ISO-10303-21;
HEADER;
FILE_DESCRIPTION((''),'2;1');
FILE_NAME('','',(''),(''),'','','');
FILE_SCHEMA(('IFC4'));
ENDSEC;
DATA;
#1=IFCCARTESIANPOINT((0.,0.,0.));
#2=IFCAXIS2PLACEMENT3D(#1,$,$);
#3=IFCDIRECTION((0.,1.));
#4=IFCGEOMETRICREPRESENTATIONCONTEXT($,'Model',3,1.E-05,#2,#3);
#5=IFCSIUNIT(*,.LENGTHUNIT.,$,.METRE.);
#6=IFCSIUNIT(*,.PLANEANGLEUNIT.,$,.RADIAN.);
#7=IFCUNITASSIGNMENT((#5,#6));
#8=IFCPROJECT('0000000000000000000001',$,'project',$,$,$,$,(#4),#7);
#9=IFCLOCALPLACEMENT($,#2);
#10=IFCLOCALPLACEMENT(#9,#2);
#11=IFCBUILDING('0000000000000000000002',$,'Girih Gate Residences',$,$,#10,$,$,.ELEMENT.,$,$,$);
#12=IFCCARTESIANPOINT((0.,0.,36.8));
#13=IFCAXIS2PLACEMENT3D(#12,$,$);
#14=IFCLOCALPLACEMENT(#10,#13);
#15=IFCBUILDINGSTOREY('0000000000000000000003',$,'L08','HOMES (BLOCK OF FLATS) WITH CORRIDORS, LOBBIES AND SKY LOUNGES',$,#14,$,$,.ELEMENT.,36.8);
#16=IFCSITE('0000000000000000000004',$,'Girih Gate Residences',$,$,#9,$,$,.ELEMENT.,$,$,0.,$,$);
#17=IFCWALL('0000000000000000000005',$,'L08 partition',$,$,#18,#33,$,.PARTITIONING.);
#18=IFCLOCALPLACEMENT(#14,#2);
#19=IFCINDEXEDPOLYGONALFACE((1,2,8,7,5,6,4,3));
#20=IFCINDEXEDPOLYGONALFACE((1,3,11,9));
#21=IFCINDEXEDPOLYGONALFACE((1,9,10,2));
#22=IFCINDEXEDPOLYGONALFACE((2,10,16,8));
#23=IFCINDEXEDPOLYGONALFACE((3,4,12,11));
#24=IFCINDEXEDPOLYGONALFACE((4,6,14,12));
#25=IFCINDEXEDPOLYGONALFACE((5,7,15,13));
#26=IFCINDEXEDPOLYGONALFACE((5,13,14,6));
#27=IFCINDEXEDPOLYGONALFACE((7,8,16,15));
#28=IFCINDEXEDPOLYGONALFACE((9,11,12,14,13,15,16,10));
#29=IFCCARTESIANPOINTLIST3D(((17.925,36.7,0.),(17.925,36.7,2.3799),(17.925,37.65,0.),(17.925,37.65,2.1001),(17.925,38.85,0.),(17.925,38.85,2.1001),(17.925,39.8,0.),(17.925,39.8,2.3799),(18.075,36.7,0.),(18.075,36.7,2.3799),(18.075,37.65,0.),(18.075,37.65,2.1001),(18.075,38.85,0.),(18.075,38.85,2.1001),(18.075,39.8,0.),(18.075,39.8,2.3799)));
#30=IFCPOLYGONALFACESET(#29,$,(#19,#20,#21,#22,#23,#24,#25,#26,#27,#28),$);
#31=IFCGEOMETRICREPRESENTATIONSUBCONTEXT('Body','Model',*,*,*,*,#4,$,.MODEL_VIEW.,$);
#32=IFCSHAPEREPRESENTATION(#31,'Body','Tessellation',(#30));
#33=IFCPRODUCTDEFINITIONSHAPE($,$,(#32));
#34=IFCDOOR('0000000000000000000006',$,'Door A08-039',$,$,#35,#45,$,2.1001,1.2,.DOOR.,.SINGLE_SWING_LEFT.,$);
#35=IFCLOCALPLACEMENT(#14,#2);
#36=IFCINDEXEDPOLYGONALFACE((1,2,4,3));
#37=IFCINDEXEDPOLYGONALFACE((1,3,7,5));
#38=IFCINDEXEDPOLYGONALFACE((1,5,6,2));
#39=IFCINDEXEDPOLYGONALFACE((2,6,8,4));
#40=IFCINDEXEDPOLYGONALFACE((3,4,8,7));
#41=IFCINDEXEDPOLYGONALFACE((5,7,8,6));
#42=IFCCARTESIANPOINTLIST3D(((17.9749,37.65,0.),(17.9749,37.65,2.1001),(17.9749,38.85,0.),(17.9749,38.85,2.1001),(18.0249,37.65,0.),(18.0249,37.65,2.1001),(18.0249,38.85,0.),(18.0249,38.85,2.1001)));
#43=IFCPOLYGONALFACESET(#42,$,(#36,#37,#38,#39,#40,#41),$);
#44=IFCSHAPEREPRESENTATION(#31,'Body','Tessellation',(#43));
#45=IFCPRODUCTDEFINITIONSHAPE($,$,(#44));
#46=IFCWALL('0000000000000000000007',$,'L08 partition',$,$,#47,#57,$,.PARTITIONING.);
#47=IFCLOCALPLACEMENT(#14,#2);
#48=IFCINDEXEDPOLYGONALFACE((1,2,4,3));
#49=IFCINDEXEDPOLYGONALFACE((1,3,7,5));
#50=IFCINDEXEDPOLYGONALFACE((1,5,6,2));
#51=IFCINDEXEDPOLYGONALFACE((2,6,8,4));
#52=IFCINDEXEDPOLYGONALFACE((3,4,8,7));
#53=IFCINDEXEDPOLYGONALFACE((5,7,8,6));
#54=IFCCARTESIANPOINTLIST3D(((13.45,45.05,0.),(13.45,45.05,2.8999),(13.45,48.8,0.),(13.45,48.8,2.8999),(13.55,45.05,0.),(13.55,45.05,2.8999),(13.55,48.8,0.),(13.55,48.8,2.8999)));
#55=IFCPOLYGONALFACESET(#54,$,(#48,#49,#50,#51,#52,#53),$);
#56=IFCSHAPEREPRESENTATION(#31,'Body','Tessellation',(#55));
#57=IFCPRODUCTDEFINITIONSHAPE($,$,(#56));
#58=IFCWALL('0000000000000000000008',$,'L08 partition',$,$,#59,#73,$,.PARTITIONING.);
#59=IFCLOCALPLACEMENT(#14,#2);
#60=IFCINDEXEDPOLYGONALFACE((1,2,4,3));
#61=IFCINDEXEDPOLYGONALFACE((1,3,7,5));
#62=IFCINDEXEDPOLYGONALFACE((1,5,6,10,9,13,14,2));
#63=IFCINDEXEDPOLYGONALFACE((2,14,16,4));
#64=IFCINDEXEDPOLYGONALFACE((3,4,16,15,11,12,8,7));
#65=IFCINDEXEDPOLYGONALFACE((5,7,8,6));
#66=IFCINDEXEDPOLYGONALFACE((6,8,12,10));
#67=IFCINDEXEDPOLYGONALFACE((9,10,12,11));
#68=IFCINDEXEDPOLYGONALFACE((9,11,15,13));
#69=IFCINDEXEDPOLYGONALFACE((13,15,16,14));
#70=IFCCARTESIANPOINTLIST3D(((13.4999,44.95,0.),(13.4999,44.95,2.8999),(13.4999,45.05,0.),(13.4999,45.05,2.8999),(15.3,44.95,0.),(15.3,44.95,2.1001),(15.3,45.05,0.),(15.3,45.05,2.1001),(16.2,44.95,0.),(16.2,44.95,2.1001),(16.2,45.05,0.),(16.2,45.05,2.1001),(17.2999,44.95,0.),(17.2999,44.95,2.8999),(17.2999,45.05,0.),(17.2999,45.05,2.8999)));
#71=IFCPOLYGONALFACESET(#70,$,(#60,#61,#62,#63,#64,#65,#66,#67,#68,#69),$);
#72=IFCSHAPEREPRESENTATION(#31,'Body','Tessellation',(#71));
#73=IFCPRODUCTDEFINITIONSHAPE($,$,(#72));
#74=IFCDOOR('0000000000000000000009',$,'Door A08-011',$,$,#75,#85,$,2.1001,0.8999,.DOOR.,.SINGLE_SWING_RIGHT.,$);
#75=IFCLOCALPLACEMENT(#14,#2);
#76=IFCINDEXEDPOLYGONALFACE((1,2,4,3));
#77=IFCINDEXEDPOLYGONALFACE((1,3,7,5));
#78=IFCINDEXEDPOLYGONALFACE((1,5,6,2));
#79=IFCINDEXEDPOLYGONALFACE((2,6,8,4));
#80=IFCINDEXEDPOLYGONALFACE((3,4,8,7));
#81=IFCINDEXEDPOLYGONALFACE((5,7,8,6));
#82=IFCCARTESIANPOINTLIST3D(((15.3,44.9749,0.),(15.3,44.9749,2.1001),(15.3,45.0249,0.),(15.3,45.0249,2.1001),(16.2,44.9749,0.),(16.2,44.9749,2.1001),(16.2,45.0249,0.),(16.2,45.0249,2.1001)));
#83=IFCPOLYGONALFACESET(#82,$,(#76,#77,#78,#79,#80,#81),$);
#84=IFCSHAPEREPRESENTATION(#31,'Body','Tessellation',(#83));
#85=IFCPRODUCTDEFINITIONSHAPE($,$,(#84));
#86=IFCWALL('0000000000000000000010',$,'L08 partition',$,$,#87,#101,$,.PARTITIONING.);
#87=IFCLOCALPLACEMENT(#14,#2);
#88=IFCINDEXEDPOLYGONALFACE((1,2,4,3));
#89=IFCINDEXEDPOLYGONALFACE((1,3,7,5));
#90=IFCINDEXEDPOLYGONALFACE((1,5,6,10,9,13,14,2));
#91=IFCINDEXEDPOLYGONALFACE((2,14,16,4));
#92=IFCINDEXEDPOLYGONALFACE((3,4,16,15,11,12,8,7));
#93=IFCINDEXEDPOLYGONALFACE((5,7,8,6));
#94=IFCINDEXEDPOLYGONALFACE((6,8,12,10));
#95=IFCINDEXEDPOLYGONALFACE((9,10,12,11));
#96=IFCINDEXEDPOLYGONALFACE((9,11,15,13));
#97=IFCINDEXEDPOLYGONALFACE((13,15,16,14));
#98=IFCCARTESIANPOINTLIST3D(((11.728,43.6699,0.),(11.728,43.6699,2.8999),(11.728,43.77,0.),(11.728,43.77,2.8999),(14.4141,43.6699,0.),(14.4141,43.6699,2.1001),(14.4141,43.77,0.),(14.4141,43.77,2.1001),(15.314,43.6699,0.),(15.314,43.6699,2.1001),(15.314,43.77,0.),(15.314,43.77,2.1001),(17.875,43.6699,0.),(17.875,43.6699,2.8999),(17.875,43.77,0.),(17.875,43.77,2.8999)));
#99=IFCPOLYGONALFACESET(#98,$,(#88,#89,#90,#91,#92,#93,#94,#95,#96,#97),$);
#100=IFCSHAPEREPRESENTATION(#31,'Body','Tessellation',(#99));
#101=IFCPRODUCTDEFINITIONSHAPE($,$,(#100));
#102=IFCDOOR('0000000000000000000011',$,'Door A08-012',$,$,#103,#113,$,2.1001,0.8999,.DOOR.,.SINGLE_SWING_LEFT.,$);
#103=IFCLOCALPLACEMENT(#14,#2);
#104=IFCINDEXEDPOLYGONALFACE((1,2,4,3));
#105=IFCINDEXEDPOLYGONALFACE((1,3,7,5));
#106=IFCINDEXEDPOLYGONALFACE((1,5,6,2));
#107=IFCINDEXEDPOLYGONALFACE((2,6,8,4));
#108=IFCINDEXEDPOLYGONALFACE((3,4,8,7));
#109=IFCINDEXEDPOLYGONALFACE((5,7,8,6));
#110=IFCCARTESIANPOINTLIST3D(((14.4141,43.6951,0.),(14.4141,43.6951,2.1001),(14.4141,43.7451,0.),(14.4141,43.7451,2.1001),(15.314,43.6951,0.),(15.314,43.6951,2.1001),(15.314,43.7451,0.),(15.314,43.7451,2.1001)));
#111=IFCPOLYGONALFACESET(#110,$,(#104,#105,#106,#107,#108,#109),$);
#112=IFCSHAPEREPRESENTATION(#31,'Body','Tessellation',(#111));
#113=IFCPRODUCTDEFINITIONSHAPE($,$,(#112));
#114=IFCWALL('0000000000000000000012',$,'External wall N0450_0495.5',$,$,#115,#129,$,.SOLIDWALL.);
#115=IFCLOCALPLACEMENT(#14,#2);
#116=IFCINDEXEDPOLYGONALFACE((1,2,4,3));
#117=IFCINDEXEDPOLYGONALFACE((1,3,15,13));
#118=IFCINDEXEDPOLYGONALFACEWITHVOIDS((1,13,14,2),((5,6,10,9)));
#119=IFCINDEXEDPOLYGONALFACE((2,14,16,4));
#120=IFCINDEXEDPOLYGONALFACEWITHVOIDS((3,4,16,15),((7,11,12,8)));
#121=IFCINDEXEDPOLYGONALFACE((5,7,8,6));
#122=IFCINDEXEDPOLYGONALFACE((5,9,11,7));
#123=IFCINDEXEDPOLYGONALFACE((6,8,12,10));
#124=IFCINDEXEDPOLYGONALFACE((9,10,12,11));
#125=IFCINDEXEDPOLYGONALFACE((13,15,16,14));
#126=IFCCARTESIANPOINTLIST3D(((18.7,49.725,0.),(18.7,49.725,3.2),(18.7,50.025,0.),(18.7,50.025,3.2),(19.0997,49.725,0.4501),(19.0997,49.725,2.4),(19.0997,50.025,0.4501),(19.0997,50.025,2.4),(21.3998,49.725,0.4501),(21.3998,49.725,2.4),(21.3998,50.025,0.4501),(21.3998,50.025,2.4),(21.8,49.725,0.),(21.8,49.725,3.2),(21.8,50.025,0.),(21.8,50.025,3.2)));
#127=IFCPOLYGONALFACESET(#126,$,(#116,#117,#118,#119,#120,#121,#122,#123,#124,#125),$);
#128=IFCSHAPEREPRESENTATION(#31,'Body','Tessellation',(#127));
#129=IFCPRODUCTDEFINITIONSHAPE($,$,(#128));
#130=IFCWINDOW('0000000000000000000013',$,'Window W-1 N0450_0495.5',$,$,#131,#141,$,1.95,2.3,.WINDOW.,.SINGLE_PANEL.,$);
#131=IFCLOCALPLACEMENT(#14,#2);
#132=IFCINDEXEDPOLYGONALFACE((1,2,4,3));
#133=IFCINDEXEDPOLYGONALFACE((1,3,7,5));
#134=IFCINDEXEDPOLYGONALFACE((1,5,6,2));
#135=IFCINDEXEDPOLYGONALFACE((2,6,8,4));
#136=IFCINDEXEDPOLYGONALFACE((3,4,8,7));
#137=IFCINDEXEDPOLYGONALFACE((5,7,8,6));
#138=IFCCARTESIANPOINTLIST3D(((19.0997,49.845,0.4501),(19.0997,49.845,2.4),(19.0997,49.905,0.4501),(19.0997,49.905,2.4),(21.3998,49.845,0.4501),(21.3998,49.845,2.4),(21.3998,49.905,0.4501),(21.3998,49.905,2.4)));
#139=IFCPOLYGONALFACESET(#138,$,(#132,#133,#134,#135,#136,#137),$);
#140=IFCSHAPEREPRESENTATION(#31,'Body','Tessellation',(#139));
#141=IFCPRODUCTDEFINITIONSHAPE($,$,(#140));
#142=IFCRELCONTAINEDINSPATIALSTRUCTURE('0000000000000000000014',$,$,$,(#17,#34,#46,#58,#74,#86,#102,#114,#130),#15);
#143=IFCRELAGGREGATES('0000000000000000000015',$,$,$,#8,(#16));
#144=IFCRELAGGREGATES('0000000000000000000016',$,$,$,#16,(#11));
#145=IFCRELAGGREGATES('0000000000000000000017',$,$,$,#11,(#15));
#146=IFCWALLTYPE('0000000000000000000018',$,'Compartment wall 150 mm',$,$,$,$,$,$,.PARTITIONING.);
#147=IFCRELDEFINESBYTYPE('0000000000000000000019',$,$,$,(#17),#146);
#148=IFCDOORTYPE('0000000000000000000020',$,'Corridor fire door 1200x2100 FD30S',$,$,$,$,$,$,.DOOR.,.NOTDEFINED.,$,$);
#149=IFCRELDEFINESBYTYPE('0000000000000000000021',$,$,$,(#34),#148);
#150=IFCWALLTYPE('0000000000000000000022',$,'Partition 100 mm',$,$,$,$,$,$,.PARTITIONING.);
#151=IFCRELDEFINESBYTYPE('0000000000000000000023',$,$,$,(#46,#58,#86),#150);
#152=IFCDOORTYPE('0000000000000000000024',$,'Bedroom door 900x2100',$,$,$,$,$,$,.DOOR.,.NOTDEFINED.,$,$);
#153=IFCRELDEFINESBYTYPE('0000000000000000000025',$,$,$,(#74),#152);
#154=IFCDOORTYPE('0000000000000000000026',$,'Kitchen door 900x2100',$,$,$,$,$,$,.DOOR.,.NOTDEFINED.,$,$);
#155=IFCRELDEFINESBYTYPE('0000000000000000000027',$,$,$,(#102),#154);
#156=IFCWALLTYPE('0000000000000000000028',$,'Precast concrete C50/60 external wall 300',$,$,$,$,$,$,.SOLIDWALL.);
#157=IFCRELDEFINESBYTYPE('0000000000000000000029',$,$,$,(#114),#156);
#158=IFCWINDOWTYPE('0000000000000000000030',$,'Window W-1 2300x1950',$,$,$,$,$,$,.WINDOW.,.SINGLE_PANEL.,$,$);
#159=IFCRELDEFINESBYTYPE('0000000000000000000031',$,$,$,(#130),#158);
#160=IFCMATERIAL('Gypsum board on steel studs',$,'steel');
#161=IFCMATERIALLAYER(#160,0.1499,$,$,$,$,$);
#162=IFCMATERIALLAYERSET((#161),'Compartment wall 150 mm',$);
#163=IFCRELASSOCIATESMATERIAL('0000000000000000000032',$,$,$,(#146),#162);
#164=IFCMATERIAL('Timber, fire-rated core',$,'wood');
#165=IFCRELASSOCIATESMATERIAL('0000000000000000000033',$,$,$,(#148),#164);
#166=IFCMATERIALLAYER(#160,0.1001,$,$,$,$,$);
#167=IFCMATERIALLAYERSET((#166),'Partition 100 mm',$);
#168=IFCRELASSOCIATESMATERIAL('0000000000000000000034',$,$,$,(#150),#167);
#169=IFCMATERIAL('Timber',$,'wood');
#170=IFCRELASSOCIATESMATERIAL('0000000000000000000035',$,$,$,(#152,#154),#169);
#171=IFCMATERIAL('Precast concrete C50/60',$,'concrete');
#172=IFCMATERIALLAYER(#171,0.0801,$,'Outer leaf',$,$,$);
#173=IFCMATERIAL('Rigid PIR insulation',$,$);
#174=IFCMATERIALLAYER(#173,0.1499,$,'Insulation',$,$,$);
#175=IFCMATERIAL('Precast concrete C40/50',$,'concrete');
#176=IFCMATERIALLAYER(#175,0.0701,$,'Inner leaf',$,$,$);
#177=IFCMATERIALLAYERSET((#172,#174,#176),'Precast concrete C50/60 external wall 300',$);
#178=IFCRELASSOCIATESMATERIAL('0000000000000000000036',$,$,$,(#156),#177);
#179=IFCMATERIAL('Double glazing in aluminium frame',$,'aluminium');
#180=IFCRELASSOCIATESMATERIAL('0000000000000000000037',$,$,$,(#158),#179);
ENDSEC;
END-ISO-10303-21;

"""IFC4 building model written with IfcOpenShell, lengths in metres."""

from ifc_helpers import new_model, si_unit, direction, frame, frame_2d, origin, place, context, subcontext, project, spatial, rectangle, extrude, material, layer, layer_set, type_object, element, fill, save


model = new_model("IFC4")

# Units and contexts
model_context = context("Model", 3, precision=1e-05, world=origin(), true_north=direction((0.0, 1.0)))
body_context = subcontext(model_context, "Body", "Model", "MODEL_VIEW")
ifc_project = project(units=[si_unit("LENGTHUNIT", "METRE"), si_unit("PLANEANGLEUNIT", "RADIAN")], contexts=[model_context])

# Site, building, storey
site_placement = place(None, origin())
site = spatial("IfcSite", under=ifc_project, at=site_placement, Name="Girih Gate Residences", CompositionType="ELEMENT", RefElevation=0.0)
building_placement = place(site_placement, origin())
building = spatial("IfcBuilding", under=site, at=building_placement, Name="Girih Gate Residences", CompositionType="ELEMENT")
storey_placement = place(building_placement, frame((0.0, 0.0, 36.8)))
storey = spatial("IfcBuildingStorey", under=building, at=storey_placement, Name="L08", Description="HOMES (BLOCK OF FLATS) WITH CORRIDORS, LOBBIES AND SKY LOUNGES", CompositionType="ELEMENT", Elevation=36.8)

# Shared definitions
ifc_material_1 = material(Name="Gypsum board on steel studs", Category="steel")
ifc_layer_1 = layer(ifc_material_1, 0.1499)
ifc_layer_set_1 = layer_set([ifc_layer_1], Name="Compartment wall 150 mm")
wall_type_1 = type_object("IfcWallType", Name="Compartment wall 150 mm", PredefinedType="PARTITIONING", material=ifc_layer_set_1)

# Wall, opening, door
ifc_material_2 = material(Name="Timber, fire-rated core", Category="wood")
wall_1_placement = place(storey_placement, frame((18.0, 39.8, 0.0), z_axis=(0.0, 0.0, 1.0), x_axis=(0.0, -1.0, 0.0)))
wall_1 = element("IfcWall", 1, at=wall_1_placement, inside=storey, type_object=wall_type_1, Name="L08 partition", PredefinedType="PARTITIONING", context=body_context, shape_type="SweptSolid", body=[
    extrude(rectangle(XDim=3.1001, YDim=0.1499, at=frame_2d((1.55, 0.0))), origin(), (0.0, 0.0, 1.0), 2.3799),
])
opening_1_placement = place(wall_1_placement, frame((0.95, 0.0, 0.0)))
opening_1 = element("IfcOpeningElement", 2, at=opening_1_placement, cuts=wall_1, PredefinedType="OPENING", context=body_context, shape_type="SweptSolid", body=[
    extrude(rectangle(XDim=1.2, YDim=2.1001, at=frame_2d((0.6001, 1.05))), frame((0.0, 0.085, 0.0), z_axis=(0.0, -1.0, 0.0), x_axis=(1.0, 0.0, 0.0)), (0.0, 0.0, 1.0), 0.1699),
])
door_type_1 = type_object("IfcDoorType", Name="Corridor fire door 1200x2100 FD30S", OperationType="NOTDEFINED", PredefinedType="DOOR", material=ifc_material_2)
door_1_placement = place(opening_1_placement, origin())
door_1 = element("IfcDoor", 3, at=door_1_placement, inside=storey, type_object=door_type_1, Name="Door A08-039", OperationType="SINGLE_SWING_LEFT", OverallHeight=2.1001, OverallWidth=1.2, PredefinedType="DOOR", context=body_context, shape_type="SweptSolid", body=[
    extrude(rectangle(XDim=1.2, YDim=2.1001, at=frame_2d((0.6001, 1.05))), frame((0.0, 0.0249, 0.0), z_axis=(0.0, -1.0, 0.0), x_axis=(1.0, 0.0, 0.0)), (0.0, 0.0, 1.0), 0.05),
])
fill(opening_1, door_1)

# Wall
ifc_layer_2 = layer(ifc_material_1, 0.1001)
ifc_layer_set_2 = layer_set([ifc_layer_2], Name="Partition 100 mm")
wall_type_2 = type_object("IfcWallType", Name="Partition 100 mm", PredefinedType="PARTITIONING", material=ifc_layer_set_2)
wall_2_placement = place(storey_placement, frame((13.5, 45.05, 0.0), z_axis=(0.0, 0.0, 1.0), x_axis=(0.0, 1.0, 0.0)))
element("IfcWall", 4, at=wall_2_placement, inside=storey, type_object=wall_type_2, Name="L08 partition", PredefinedType="PARTITIONING", context=body_context, shape_type="SweptSolid", body=[
    extrude(rectangle(XDim=3.75, YDim=0.1001, at=frame_2d((1.875, 0.0))), origin(), (0.0, 0.0, 1.0), 2.8999),
])

# Walls, openings, doors
wall_3_placement = place(storey_placement, frame((13.5, 45.0, 0.0), z_axis=(0.0, 0.0, 1.0), x_axis=(1.0, 0.0, 0.0)))
wall_3 = element("IfcWall", 5, at=wall_3_placement, inside=storey, type_object=wall_type_2, Name="L08 partition", PredefinedType="PARTITIONING", context=body_context, shape_type="SweptSolid", body=[
    extrude(rectangle(XDim=3.8, YDim=0.1001, at=frame_2d((1.8999, 0.0))), origin(), (0.0, 0.0, 1.0), 2.8999),
])
opening_2_placement = place(wall_3_placement, frame((1.8, 0.0, 0.0)))
opening_2 = element("IfcOpeningElement", 6, at=opening_2_placement, cuts=wall_3, PredefinedType="OPENING", context=body_context, shape_type="SweptSolid", body=[
    extrude(rectangle(XDim=0.8999, YDim=2.1001, at=frame_2d((0.45, 1.05))), frame((0.0, 0.0601, 0.0), z_axis=(0.0, -1.0, 0.0), x_axis=(1.0, 0.0, 0.0)), (0.0, 0.0, 1.0), 0.1201),
])
ifc_material_3 = material(Name="Timber", Category="wood")
door_type_2 = type_object("IfcDoorType", Name="Bedroom door 900x2100", OperationType="NOTDEFINED", PredefinedType="DOOR", material=ifc_material_3)
door_2_placement = place(opening_2_placement, origin())
door_2 = element("IfcDoor", 7, at=door_2_placement, inside=storey, type_object=door_type_2, Name="Door A08-011", OperationType="SINGLE_SWING_RIGHT", OverallHeight=2.1001, OverallWidth=0.8999, PredefinedType="DOOR", context=body_context, shape_type="SweptSolid", body=[
    extrude(rectangle(XDim=0.8999, YDim=2.1001, at=frame_2d((0.45, 1.05))), frame((0.0, 0.0249, 0.0), z_axis=(0.0, -1.0, 0.0), x_axis=(1.0, 0.0, 0.0)), (0.0, 0.0, 1.0), 0.05),
])
fill(opening_2, door_2)
wall_4_placement = place(storey_placement, frame((17.875, 43.72, 0.0), z_axis=(0.0, 0.0, 1.0), x_axis=(-1.0, 0.0, 0.0)))
wall_4 = element("IfcWall", 8, at=wall_4_placement, inside=storey, type_object=wall_type_2, Name="L08 partition", PredefinedType="PARTITIONING", context=body_context, shape_type="SweptSolid", body=[
    extrude(rectangle(XDim=6.147, YDim=0.1001, at=frame_2d((3.0735, 0.0))), origin(), (0.0, 0.0, 1.0), 2.8999),
])
opening_3_placement = place(wall_4_placement, frame((2.561, 0.0, 0.0)))
opening_3 = element("IfcOpeningElement", 9, at=opening_3_placement, cuts=wall_4, PredefinedType="OPENING", context=body_context, shape_type="SweptSolid", body=[
    extrude(rectangle(XDim=0.8999, YDim=2.1001, at=frame_2d((0.45, 1.05))), frame((0.0, 0.0601, 0.0), z_axis=(0.0, -1.0, 0.0), x_axis=(1.0, 0.0, 0.0)), (0.0, 0.0, 1.0), 0.1201),
])
door_type_3 = type_object("IfcDoorType", Name="Kitchen door 900x2100", OperationType="NOTDEFINED", PredefinedType="DOOR", material=ifc_material_3)
door_3_placement = place(opening_3_placement, origin())
door_3 = element("IfcDoor", 10, at=door_3_placement, inside=storey, type_object=door_type_3, Name="Door A08-012", OperationType="SINGLE_SWING_LEFT", OverallHeight=2.1001, OverallWidth=0.8999, PredefinedType="DOOR", context=body_context, shape_type="SweptSolid", body=[
    extrude(rectangle(XDim=0.8999, YDim=2.1001, at=frame_2d((0.45, 1.05))), frame((0.0, 0.0249, 0.0), z_axis=(0.0, -1.0, 0.0), x_axis=(1.0, 0.0, 0.0)), (0.0, 0.0, 1.0), 0.05),
])
fill(opening_3, door_3)

# Wall, opening, window
ifc_material_4 = material(Name="Precast concrete C50/60", Category="concrete")
ifc_layer_3 = layer(ifc_material_4, 0.0801, Name="Outer leaf")
ifc_material_5 = material(Name="Rigid PIR insulation")
ifc_layer_4 = layer(ifc_material_5, 0.1499, Name="Insulation")
ifc_material_6 = material(Name="Precast concrete C40/50", Category="concrete")
ifc_layer_5 = layer(ifc_material_6, 0.0701, Name="Inner leaf")
ifc_layer_set_3 = layer_set([ifc_layer_3, ifc_layer_4, ifc_layer_5], Name="Precast concrete C50/60 external wall 300")
wall_type_3 = type_object("IfcWallType", Name="Precast concrete C50/60 external wall 300", PredefinedType="SOLIDWALL", material=ifc_layer_set_3)
wall_5_placement = place(storey_placement, frame((18.7, 49.875, 0.0), z_axis=(0.0, 0.0, 1.0), x_axis=(1.0, 0.0, 0.0)))
wall_5 = element("IfcWall", 11, at=wall_5_placement, inside=storey, type_object=wall_type_3, Name="External wall N0450_0495.5", PredefinedType="SOLIDWALL", context=body_context, shape_type="SweptSolid", body=[
    extrude(rectangle(XDim=3.1001, YDim=0.3, at=frame_2d((1.55, 0.0))), origin(), (0.0, 0.0, 1.0), 3.2),
])
opening_4_placement = place(wall_5_placement, frame((0.3999, 0.0, 0.45)))
opening_4 = element("IfcOpeningElement", 12, at=opening_4_placement, cuts=wall_5, PredefinedType="OPENING", context=body_context, shape_type="SweptSolid", body=[
    extrude(rectangle(XDim=2.3, YDim=1.95, at=frame_2d((1.1499, 0.9751))), frame((0.0, 0.1599, 0.0), z_axis=(0.0, -1.0, 0.0), x_axis=(1.0, 0.0, 0.0)), (0.0, 0.0, 1.0), 0.3201),
])
ifc_material_7 = material(Name="Double glazing in aluminium frame", Category="aluminium")
window_type = type_object("IfcWindowType", Name="Window W-1 2300x1950", PartitioningType="SINGLE_PANEL", PredefinedType="WINDOW", material=ifc_material_7)
window_1_placement = place(opening_4_placement, origin())
window_1 = element("IfcWindow", 13, at=window_1_placement, inside=storey, type_object=window_type, Name="Window W-1 N0450_0495.5", OverallHeight=1.95, OverallWidth=2.3, PartitioningType="SINGLE_PANEL", PredefinedType="WINDOW", context=body_context, shape_type="SweptSolid", body=[
    extrude(rectangle(XDim=2.3, YDim=1.95, at=frame_2d((1.1499, 0.9751))), frame((0.0, 0.03, 0.0), z_axis=(0.0, -1.0, 0.0), x_axis=(1.0, 0.0, 0.0)), (0.0, 0.0, 1.0), 0.0601),
])
fill(opening_4, window_1)

save(model, "model.ifc")
